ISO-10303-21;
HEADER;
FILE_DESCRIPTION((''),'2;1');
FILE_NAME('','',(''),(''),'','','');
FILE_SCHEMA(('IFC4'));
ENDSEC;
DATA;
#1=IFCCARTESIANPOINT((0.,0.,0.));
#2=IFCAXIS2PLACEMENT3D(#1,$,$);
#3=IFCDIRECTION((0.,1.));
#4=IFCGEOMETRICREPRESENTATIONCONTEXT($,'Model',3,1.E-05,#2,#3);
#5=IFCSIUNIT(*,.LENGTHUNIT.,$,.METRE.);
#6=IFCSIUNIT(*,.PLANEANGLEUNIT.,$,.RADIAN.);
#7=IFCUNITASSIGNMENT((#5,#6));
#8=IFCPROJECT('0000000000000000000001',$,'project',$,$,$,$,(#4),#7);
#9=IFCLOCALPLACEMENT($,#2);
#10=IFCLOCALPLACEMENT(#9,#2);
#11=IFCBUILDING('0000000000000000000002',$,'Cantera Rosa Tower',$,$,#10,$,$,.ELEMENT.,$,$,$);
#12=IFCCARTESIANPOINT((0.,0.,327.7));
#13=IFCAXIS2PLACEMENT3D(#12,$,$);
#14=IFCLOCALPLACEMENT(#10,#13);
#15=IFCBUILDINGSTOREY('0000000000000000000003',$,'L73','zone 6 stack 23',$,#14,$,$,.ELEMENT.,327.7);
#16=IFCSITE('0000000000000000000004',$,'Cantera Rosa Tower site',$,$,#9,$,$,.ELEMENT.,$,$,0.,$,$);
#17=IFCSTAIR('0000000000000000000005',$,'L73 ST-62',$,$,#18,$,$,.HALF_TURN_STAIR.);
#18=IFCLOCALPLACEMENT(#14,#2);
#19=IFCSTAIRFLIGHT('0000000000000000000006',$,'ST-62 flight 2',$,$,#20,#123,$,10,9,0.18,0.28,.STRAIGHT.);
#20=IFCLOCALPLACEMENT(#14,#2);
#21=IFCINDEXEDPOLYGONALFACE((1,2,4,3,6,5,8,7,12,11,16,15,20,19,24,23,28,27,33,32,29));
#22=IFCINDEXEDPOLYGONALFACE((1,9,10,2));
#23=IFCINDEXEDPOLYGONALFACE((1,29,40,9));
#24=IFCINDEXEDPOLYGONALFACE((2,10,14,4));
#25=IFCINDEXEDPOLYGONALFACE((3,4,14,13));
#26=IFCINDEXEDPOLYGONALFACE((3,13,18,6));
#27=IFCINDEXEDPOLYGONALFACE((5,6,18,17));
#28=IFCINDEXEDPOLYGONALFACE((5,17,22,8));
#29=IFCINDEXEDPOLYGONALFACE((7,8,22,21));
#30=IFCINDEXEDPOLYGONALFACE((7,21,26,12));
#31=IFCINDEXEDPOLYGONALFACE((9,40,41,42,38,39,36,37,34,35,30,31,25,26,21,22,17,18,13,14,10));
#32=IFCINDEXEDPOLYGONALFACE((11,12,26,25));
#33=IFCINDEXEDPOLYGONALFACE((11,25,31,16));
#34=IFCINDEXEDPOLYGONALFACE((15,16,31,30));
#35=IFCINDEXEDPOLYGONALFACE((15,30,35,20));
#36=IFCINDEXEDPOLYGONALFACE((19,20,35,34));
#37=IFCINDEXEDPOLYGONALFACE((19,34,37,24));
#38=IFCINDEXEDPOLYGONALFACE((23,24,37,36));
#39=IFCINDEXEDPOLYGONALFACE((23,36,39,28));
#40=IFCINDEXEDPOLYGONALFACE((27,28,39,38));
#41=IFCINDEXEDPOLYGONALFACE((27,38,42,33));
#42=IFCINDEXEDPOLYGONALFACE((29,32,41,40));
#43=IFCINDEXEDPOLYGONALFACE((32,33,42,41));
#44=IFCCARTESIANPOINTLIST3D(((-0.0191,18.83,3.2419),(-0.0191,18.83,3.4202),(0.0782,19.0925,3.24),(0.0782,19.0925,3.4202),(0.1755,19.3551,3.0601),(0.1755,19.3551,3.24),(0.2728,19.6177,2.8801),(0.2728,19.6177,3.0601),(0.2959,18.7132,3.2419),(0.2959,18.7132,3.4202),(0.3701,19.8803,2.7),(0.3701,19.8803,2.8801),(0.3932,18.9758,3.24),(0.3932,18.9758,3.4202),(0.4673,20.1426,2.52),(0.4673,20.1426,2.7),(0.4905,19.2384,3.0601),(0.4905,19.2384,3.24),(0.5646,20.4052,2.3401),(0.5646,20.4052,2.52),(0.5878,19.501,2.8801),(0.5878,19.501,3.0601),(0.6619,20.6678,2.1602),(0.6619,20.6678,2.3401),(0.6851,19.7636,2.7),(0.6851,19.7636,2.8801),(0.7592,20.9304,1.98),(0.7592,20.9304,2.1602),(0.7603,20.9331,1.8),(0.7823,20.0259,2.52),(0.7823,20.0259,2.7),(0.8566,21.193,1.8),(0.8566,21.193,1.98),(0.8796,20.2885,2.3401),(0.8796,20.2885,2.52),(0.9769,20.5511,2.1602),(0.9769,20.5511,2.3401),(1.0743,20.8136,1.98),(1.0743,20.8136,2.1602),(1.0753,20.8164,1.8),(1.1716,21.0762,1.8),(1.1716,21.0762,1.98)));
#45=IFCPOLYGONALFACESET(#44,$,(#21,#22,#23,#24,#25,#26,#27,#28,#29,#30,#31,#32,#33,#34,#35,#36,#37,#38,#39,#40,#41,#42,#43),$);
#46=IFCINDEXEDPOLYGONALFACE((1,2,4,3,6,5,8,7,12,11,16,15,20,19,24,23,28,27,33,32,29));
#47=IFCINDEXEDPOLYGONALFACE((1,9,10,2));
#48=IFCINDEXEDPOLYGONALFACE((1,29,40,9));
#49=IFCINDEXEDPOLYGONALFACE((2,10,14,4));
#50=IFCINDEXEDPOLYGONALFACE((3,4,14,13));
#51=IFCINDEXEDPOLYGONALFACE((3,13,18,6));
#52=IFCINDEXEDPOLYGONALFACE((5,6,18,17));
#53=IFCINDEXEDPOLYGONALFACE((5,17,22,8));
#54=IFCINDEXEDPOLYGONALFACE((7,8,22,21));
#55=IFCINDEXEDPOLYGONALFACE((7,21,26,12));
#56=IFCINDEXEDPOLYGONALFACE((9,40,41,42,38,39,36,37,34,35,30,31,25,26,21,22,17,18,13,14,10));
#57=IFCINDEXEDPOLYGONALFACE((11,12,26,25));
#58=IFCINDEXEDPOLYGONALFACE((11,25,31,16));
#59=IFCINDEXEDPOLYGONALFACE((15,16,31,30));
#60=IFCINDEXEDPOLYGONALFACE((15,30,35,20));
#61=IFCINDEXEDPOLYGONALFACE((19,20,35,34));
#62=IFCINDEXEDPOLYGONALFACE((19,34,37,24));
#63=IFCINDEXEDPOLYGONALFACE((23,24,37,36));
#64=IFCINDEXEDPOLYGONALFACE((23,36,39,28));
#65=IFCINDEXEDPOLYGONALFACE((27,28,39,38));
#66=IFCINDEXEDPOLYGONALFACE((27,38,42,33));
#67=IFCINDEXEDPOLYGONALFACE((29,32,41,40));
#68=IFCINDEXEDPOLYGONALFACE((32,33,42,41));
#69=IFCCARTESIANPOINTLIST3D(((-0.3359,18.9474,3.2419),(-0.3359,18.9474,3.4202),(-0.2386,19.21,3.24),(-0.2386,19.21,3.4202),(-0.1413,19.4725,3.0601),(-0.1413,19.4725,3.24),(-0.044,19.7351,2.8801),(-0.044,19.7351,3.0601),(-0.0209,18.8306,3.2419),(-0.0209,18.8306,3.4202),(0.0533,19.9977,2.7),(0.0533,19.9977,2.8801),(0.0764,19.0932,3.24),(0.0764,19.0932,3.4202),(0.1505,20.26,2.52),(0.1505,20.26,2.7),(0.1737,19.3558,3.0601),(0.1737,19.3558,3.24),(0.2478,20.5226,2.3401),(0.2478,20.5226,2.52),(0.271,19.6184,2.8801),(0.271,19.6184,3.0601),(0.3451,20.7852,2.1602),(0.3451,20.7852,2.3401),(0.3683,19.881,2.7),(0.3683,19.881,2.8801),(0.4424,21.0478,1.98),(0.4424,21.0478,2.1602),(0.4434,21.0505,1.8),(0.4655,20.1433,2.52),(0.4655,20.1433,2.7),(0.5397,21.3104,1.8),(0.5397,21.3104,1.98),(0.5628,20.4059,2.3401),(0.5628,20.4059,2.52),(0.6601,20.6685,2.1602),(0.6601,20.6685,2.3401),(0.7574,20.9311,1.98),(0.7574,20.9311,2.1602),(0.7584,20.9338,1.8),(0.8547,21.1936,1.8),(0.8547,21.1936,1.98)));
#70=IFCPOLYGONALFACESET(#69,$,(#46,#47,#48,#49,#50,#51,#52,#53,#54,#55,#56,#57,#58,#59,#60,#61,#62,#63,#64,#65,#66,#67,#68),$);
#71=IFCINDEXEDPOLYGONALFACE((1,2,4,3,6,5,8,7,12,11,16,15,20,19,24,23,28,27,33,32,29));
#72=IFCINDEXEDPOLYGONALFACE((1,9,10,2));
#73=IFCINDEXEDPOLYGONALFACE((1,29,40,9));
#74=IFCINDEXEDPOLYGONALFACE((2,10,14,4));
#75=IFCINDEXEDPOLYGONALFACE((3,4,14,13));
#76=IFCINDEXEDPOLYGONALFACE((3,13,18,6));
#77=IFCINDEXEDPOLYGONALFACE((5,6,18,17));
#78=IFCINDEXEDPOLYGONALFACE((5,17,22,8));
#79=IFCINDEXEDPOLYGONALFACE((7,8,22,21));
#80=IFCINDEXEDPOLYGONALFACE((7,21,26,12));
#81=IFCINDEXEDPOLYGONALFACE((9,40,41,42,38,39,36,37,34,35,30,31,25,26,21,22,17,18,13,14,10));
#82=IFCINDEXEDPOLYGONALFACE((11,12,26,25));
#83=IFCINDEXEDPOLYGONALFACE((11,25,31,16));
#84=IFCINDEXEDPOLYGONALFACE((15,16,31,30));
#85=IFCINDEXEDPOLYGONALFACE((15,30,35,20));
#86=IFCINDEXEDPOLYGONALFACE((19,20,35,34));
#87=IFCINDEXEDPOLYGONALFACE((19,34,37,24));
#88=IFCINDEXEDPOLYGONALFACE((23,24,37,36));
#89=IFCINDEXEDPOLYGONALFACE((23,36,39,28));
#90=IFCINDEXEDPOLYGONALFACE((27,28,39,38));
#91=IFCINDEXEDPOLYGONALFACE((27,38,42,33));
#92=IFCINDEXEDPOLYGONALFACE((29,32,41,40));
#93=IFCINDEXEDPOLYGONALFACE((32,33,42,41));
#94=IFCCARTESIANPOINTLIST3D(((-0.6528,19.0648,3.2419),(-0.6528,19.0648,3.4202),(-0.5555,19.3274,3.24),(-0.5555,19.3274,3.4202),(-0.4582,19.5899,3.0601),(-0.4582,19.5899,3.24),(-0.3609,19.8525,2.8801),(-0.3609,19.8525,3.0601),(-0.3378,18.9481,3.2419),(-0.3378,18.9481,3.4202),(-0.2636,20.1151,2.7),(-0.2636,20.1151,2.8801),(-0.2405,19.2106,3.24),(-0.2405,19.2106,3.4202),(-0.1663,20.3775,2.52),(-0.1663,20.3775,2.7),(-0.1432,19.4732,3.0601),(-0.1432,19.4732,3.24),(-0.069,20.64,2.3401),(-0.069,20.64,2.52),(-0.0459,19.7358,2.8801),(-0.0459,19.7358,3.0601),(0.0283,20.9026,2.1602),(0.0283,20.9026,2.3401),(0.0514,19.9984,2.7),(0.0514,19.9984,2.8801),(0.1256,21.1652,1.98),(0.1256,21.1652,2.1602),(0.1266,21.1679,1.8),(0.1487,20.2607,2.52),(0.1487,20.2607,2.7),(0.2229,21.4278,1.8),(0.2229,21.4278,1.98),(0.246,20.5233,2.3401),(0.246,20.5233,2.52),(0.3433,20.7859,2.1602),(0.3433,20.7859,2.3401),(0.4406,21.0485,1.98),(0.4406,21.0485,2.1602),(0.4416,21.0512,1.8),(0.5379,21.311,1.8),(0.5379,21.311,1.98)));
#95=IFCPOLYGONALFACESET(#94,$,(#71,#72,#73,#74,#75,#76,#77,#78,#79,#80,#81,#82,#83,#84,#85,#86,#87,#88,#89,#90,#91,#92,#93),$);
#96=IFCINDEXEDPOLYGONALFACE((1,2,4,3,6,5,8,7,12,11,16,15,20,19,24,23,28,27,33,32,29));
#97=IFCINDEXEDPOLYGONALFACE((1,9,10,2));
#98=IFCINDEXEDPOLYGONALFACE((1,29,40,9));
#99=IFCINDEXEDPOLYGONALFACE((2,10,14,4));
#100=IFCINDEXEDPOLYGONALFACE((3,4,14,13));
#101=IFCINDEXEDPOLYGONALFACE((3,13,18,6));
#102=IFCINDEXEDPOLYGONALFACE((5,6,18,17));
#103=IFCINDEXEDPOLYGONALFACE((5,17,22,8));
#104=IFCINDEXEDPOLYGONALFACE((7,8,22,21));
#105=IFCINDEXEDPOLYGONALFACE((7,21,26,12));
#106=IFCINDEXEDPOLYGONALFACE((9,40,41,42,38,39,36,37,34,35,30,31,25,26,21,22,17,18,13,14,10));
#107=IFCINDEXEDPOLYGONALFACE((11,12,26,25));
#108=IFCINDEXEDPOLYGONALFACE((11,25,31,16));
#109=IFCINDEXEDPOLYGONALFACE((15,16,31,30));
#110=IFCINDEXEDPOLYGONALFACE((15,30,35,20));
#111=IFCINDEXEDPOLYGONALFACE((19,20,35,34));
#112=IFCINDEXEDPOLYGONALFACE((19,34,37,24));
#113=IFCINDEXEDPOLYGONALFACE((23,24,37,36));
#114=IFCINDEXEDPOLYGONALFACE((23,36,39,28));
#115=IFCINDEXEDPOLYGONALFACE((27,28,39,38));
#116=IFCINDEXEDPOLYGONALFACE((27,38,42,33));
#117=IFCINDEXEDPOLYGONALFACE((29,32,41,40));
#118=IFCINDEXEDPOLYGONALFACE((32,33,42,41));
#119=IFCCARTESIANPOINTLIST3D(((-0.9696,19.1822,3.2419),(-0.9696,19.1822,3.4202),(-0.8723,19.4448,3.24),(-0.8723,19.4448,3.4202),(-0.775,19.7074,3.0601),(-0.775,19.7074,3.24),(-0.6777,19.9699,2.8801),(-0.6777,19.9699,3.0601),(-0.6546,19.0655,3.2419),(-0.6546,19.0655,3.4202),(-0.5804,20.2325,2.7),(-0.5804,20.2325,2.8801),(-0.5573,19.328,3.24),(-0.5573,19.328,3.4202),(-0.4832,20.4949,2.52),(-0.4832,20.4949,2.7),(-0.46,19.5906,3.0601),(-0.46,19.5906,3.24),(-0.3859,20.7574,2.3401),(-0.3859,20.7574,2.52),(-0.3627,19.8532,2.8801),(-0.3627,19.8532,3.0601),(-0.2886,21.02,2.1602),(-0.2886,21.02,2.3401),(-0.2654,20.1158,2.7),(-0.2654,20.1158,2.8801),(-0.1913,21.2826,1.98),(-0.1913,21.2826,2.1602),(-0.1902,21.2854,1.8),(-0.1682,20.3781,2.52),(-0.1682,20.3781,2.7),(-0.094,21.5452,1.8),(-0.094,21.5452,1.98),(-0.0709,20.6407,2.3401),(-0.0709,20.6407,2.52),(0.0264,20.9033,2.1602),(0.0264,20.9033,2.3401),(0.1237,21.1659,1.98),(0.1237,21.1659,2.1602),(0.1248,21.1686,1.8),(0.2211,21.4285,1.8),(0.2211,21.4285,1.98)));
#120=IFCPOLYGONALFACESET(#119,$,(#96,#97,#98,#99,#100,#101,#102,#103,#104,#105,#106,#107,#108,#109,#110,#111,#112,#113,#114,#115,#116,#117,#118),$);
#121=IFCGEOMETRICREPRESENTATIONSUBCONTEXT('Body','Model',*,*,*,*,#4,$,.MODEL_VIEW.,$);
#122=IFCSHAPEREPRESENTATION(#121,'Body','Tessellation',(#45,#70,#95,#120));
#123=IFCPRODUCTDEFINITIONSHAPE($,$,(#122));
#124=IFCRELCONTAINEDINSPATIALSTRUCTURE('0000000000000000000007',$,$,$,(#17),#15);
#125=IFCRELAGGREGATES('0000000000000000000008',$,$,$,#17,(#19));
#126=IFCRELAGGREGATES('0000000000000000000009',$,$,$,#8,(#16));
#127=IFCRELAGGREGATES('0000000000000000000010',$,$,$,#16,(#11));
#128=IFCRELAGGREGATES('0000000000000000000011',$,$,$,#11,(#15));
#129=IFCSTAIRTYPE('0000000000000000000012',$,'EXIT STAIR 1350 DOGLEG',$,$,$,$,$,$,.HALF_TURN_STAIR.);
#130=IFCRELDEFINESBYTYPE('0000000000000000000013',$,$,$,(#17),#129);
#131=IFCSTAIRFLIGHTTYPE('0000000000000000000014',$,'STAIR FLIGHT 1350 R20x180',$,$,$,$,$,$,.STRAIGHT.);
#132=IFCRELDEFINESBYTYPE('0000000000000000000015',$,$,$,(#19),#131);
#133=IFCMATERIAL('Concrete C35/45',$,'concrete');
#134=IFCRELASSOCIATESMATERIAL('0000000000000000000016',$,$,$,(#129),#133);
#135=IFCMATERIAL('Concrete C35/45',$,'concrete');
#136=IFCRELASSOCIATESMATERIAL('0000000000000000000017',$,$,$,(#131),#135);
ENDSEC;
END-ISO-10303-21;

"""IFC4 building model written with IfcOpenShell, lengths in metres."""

from ifc_helpers import new_model, si_unit, direction, frame, origin, place, context, subcontext, project, spatial, polyline, outline, extrude, material, type_object, element, aggregate, save


model = new_model("IFC4")

# Units and contexts
model_context = context("Model", 3, precision=1e-05, world=origin(), true_north=direction((0.0, 1.0)))
body_context = subcontext(model_context, "Body", "Model", "MODEL_VIEW")
ifc_project = project(units=[si_unit("LENGTHUNIT", "METRE"), si_unit("PLANEANGLEUNIT", "RADIAN")], contexts=[model_context])

# Site, building, storey
site_placement = place(None, origin())
site = spatial("IfcSite", under=ifc_project, at=site_placement, Name="Cantera Rosa Tower site", CompositionType="ELEMENT", RefElevation=0.0)
building_placement = place(site_placement, origin())
building = spatial("IfcBuilding", under=site, at=building_placement, Name="Cantera Rosa Tower", CompositionType="ELEMENT")
storey_placement = place(building_placement, frame((0.0, 0.0, 327.7)))
storey = spatial("IfcBuildingStorey", under=building, at=storey_placement, Name="L73", Description="zone 6 stack 23", CompositionType="ELEMENT", Elevation=327.7)

# Stair, stair flight
ifc_material_1 = material(Name="Concrete C35/45", Category="concrete")
stair_type = type_object("IfcStairType", Name="EXIT STAIR 1350 DOGLEG", PredefinedType="HALF_TURN_STAIR", material=ifc_material_1)
stair_placement = place(storey_placement, origin())
stair = element("IfcStair", 1, at=stair_placement, inside=storey, type_object=stair_type, Name="L73 ST-62", PredefinedType="HALF_TURN_STAIR")
ifc_material_2 = material(Name="Concrete C35/45", Category="concrete")
stair_flight_type = type_object("IfcStairFlightType", Name="STAIR FLIGHT 1350 R20x180", PredefinedType="STRAIGHT", material=ifc_material_2)
stair_flight_placement = place(storey_placement, frame((0.5386, 21.3108, 1.8), z_axis=(0.0, 0.0, 1.0), x_axis=(-0.347481, -0.937687, 0.0)))
stair_flight = element("IfcStairFlight", 2, at=stair_flight_placement, type_object=stair_flight_type, Name="ST-62 flight 2", NumberOfRisers=10, NumberOfTreads=9, PredefinedType="STRAIGHT", RiserHeight=0.18, TreadLength=0.28, context=body_context, shape_type="SweptSolid", body=[
    extrude(outline(polyline([(0.0, 0.0), (0.0, 0.1799), (0.28, 0.1799), (0.28, 0.3601), (0.5601, 0.3601), (0.5601, 0.54), (0.8401, 0.54), (0.8401, 0.72), (1.1201, 0.72), (1.1201, 0.8999), (1.3999, 0.8999), (1.3999, 1.0801), (1.6799, 1.0801), (1.6799, 1.26), (1.96, 1.26), (1.96, 1.4399), (2.24, 1.4399), (2.24, 1.6201), (2.52, 1.6201), (2.52, 1.8), (2.52, 1.4419), (0.2771, 0.0), (0.0, 0.0)])), frame((0.0, 0.675, 0.0), z_axis=(0.0, -1.0, 0.0), x_axis=(1.0, 0.0, 0.0)), (0.0, 0.0, 1.0), 0.3359),
    extrude(outline(polyline([(0.0, 0.0), (0.0, 0.1799), (0.28, 0.1799), (0.28, 0.3601), (0.5601, 0.3601), (0.5601, 0.54), (0.8401, 0.54), (0.8401, 0.72), (1.1201, 0.72), (1.1201, 0.8999), (1.3999, 0.8999), (1.3999, 1.0801), (1.6799, 1.0801), (1.6799, 1.26), (1.96, 1.26), (1.96, 1.4399), (2.24, 1.4399), (2.24, 1.6201), (2.52, 1.6201), (2.52, 1.8), (2.52, 1.4419), (0.2771, 0.0), (0.0, 0.0)])), frame((0.0, 0.3372, 0.0), z_axis=(0.0, -1.0, 0.0), x_axis=(1.0, 0.0, 0.0)), (0.0, 0.0, 1.0), 0.3359),
    extrude(outline(polyline([(0.0, 0.0), (0.0, 0.1799), (0.28, 0.1799), (0.28, 0.3601), (0.5601, 0.3601), (0.5601, 0.54), (0.8401, 0.54), (0.8401, 0.72), (1.1201, 0.72), (1.1201, 0.8999), (1.3999, 0.8999), (1.3999, 1.0801), (1.6799, 1.0801), (1.6799, 1.26), (1.96, 1.26), (1.96, 1.4399), (2.24, 1.4399), (2.24, 1.6201), (2.52, 1.6201), (2.52, 1.8), (2.52, 1.4419), (0.2771, 0.0), (0.0, 0.0)])), frame((0.0, -0.0007, 0.0), z_axis=(0.0, -1.0, 0.0), x_axis=(1.0, 0.0, 0.0)), (0.0, 0.0, 1.0), 0.3359),
    extrude(outline(polyline([(0.0, 0.0), (0.0, 0.1799), (0.28, 0.1799), (0.28, 0.3601), (0.5601, 0.3601), (0.5601, 0.54), (0.8401, 0.54), (0.8401, 0.72), (1.1201, 0.72), (1.1201, 0.8999), (1.3999, 0.8999), (1.3999, 1.0801), (1.6799, 1.0801), (1.6799, 1.26), (1.96, 1.26), (1.96, 1.4399), (2.24, 1.4399), (2.24, 1.6201), (2.52, 1.6201), (2.52, 1.8), (2.52, 1.4419), (0.2771, 0.0), (0.0, 0.0)])), frame((0.0, -0.3386, 0.0), z_axis=(0.0, -1.0, 0.0), x_axis=(1.0, 0.0, 0.0)), (0.0, 0.0, 1.0), 0.3359),
])
aggregate(stair, [stair_flight])

save(model, "model.ifc")
